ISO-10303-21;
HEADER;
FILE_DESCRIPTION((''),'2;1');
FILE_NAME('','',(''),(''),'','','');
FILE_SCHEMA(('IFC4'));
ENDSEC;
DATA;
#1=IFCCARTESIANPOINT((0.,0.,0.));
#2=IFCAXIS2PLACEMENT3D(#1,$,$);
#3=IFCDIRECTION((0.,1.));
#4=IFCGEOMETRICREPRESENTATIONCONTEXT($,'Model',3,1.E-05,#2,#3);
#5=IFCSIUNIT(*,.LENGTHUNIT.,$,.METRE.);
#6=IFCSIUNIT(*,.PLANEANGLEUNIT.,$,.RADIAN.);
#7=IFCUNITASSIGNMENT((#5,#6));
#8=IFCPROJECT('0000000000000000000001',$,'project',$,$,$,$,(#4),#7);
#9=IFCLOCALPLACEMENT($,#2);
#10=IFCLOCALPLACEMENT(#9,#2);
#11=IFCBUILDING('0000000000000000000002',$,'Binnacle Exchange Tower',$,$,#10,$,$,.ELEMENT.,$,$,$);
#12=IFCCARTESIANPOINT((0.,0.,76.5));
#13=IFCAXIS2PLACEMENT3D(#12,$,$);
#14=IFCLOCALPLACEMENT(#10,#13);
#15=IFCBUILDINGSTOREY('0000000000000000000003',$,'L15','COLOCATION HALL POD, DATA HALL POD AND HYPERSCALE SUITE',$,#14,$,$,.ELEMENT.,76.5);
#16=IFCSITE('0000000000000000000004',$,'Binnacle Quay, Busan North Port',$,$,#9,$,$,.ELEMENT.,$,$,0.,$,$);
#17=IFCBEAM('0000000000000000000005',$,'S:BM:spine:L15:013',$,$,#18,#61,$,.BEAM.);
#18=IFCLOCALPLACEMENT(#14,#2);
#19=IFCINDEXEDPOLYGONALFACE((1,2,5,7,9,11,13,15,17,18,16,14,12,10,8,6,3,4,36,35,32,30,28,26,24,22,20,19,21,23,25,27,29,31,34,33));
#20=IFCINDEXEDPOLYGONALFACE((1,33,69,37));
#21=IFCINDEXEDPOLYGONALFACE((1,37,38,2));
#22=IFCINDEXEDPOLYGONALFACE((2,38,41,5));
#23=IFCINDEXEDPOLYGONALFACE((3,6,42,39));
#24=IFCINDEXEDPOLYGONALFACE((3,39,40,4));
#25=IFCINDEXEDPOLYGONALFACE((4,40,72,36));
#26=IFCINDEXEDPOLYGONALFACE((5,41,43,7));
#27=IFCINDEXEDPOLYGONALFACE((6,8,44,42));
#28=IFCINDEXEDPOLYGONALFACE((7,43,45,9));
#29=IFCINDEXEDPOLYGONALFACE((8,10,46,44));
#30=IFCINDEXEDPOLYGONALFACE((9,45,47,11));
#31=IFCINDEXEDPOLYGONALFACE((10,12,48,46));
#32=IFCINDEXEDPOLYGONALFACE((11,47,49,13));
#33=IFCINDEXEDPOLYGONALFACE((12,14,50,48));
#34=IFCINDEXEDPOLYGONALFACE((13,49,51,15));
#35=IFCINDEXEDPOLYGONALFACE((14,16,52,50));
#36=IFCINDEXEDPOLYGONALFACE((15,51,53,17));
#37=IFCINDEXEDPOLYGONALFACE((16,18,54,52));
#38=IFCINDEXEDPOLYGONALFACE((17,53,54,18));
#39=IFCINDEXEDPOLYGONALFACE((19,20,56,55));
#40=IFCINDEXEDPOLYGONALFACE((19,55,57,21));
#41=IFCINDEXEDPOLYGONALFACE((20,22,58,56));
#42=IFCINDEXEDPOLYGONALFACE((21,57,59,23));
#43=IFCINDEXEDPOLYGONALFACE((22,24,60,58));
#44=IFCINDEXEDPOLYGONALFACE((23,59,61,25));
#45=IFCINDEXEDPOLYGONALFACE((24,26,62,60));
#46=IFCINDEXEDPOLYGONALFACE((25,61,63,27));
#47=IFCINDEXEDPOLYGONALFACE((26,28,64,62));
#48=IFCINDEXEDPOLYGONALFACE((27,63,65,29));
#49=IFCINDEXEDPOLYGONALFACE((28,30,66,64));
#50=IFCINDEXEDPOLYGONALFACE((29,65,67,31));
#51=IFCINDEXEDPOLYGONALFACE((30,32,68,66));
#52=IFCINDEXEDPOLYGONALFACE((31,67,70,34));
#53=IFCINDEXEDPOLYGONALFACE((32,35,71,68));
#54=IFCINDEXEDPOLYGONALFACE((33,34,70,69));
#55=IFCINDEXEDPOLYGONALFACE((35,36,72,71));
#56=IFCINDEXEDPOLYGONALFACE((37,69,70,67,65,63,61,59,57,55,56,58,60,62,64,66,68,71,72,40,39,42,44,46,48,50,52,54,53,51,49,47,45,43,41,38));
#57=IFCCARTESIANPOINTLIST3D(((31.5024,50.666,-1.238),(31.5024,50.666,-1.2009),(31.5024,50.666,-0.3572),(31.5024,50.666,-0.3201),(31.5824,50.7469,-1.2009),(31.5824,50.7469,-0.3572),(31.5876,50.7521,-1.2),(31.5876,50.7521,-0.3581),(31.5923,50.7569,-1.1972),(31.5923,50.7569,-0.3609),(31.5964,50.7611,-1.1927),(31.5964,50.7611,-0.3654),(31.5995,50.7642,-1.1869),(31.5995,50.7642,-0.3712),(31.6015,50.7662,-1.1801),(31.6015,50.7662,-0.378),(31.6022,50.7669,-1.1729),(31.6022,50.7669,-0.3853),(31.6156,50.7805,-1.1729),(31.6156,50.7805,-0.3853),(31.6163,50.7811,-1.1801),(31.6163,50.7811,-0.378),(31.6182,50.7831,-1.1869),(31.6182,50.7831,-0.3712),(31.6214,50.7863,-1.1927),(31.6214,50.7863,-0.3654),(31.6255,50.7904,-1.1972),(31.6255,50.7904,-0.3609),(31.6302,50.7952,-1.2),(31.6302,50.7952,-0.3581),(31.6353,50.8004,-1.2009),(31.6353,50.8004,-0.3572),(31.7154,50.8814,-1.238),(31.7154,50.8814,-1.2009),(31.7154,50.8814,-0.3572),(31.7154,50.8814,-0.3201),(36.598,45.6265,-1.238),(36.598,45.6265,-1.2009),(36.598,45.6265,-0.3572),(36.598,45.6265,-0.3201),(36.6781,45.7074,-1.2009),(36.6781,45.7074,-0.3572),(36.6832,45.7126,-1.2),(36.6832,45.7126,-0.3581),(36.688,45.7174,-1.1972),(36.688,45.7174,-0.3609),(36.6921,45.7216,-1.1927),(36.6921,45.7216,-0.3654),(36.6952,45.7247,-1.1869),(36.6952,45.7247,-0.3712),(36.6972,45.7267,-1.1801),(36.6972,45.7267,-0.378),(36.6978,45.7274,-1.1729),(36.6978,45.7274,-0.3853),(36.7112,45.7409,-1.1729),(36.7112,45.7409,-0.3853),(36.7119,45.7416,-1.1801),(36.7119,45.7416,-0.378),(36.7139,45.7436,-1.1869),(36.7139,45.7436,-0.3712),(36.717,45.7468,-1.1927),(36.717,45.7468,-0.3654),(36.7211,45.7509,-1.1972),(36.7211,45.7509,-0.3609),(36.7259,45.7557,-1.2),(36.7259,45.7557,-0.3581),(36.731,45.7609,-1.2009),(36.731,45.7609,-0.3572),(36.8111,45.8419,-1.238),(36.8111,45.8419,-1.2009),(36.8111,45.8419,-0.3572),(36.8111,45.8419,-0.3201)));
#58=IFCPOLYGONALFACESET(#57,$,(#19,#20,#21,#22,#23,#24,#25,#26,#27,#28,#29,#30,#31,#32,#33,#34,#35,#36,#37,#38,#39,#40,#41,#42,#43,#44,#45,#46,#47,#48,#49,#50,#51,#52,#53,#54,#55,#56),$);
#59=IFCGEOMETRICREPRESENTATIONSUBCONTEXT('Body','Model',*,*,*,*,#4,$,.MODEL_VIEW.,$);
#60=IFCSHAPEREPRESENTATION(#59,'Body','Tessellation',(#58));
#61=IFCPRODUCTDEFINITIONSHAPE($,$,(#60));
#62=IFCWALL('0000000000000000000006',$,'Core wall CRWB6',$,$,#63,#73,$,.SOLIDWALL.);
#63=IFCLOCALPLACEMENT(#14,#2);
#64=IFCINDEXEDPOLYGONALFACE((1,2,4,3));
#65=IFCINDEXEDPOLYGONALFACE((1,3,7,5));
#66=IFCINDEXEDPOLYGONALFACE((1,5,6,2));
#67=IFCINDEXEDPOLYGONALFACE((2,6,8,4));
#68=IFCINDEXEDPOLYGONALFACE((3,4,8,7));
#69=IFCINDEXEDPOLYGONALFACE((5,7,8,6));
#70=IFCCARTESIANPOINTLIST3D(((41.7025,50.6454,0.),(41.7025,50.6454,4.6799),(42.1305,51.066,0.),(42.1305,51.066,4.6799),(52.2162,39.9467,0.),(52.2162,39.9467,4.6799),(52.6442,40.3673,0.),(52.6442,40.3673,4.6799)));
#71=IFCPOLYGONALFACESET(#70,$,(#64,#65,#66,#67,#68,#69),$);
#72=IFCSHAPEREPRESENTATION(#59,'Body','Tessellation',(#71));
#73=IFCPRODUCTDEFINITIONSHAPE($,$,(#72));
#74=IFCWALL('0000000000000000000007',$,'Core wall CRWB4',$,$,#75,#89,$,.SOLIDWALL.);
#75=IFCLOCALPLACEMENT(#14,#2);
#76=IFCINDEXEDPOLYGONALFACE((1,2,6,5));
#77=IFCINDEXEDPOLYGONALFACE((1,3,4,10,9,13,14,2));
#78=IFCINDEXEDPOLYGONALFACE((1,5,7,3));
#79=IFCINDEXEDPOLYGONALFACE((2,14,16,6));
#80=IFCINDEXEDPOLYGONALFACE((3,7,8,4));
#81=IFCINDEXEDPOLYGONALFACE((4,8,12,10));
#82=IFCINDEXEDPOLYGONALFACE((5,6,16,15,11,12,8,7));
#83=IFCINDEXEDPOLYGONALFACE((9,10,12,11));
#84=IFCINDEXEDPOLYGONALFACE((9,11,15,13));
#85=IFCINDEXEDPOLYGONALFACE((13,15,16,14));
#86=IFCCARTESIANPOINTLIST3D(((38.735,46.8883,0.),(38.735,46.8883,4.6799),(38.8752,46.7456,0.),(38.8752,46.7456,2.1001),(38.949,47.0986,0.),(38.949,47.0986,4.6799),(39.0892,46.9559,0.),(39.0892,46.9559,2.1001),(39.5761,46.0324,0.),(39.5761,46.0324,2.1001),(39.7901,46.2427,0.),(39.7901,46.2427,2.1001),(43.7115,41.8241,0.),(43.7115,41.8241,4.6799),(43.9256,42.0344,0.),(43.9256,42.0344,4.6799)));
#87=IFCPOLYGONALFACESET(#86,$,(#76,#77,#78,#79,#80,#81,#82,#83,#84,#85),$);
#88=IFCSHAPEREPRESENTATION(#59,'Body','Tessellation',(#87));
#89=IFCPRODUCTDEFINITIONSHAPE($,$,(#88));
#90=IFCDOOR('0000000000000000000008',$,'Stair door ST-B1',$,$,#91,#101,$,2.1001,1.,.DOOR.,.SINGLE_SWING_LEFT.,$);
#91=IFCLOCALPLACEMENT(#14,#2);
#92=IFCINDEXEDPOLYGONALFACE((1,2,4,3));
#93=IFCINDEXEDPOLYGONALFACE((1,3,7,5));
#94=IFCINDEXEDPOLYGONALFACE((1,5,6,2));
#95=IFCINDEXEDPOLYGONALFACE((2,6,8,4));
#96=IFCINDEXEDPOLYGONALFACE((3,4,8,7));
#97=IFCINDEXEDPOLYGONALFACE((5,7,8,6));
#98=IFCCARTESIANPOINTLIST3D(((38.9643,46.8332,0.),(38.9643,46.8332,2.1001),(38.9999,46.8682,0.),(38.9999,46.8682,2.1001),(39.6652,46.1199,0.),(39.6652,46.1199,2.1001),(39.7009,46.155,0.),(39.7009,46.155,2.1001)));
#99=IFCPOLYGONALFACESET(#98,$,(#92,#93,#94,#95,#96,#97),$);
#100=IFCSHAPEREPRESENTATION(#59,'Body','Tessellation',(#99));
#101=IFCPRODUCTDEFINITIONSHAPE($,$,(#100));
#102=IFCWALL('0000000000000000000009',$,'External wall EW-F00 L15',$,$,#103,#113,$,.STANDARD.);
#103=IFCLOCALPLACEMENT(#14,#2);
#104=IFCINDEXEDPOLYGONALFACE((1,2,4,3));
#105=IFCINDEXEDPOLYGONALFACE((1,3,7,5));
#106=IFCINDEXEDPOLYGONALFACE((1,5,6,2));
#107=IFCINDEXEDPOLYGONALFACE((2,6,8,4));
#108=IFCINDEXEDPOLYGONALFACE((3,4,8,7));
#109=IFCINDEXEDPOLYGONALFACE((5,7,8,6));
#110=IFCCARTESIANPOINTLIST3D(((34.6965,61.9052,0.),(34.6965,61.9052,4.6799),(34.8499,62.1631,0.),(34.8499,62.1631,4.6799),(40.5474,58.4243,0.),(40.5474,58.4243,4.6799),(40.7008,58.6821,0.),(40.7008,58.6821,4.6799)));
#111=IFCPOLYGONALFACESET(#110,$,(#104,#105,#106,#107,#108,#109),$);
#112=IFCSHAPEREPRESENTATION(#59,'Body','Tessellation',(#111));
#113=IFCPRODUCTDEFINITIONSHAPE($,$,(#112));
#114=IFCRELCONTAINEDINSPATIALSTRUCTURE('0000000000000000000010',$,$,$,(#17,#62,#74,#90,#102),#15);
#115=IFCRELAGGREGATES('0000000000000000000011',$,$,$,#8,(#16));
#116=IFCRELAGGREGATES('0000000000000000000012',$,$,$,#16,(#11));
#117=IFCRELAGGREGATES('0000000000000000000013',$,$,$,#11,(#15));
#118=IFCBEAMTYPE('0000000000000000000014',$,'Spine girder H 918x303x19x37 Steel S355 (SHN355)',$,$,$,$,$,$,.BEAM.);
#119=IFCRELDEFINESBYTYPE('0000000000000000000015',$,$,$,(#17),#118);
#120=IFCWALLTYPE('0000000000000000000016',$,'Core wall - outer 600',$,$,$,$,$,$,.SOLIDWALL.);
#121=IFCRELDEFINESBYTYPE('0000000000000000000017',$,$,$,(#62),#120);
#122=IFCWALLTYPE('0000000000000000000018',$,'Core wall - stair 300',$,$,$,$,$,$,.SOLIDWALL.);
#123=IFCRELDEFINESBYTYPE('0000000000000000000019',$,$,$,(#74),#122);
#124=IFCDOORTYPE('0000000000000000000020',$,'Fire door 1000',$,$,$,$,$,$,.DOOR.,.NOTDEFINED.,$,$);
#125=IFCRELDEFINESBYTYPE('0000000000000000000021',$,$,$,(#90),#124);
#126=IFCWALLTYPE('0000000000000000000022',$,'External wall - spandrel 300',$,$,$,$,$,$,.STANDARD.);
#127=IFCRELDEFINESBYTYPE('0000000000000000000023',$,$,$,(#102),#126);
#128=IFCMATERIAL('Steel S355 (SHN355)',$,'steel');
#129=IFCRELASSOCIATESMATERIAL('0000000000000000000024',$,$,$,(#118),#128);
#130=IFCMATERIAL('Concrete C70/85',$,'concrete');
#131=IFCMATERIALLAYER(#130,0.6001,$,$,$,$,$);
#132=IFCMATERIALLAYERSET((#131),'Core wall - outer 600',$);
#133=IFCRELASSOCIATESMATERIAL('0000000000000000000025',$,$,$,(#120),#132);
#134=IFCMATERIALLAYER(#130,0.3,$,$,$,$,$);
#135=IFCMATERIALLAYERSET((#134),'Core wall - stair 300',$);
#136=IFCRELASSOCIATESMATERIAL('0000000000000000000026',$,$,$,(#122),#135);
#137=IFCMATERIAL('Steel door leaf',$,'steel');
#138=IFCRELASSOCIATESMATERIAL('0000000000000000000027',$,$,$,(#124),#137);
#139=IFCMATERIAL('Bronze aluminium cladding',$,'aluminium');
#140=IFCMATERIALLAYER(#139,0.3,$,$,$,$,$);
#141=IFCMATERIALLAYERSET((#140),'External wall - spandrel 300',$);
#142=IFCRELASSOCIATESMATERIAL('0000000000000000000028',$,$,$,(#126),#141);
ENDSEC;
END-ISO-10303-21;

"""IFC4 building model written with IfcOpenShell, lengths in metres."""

from ifc_helpers import new_model, si_unit, direction, frame, frame_2d, origin, origin_2d, place, context, subcontext, project, spatial, rectangle, i_section, extrude, material, layer, layer_set, material_profile, profile_set, type_object, element, fill, save


model = new_model("IFC4")

# Units and contexts
model_context = context("Model", 3, precision=1e-05, world=origin(), true_north=direction((0.0, 1.0)))
body_context = subcontext(model_context, "Body", "Model", "MODEL_VIEW")
ifc_project = project(units=[si_unit("LENGTHUNIT", "METRE"), si_unit("PLANEANGLEUNIT", "RADIAN")], contexts=[model_context])

# Site, building, storey
site_placement = place(None, origin())
site = spatial("IfcSite", under=ifc_project, at=site_placement, Name="Binnacle Quay, Busan North Port", CompositionType="ELEMENT", RefElevation=0.0)
building_placement = place(site_placement, origin())
building = spatial("IfcBuilding", under=site, at=building_placement, Name="Binnacle Exchange Tower", CompositionType="ELEMENT")
storey_placement = place(building_placement, frame((0.0, 0.0, 76.5)))
storey = spatial("IfcBuildingStorey", under=building, at=storey_placement, Name="L15", Description="COLOCATION HALL POD, DATA HALL POD AND HYPERSCALE SUITE", CompositionType="ELEMENT", Elevation=76.5)

# Shared definitions
ifc_material_1 = material(Name="Concrete C70/85", Category="concrete")

# Beam
ifc_material_2 = material(Name="Steel S355 (SHN355)", Category="steel")
ifc_material_profile_1 = material_profile(ifc_material_2, i_section(OverallWidth=0.303, OverallDepth=0.918, WebThickness=0.019, FlangeThickness=0.0371, FilletRadius=0.0281, at=origin_2d()), Name="H 918x303x19x37")
ifc_profile_set_1 = profile_set([ifc_material_profile_1], Name="Steel S355 (SHN355)")
beam_type_1 = type_object("IfcBeamType", Name="Spine girder H 918x303x19x37 Steel S355 (SHN355)", PredefinedType="BEAM", material=ifc_profile_set_1)
beam_1_placement = place(storey_placement, frame((31.6089, 50.7737, -0.7791), z_axis=(0.711013, -0.703178, 0.0), x_axis=(0.703178, 0.711013, 0.0)))
element("IfcBeam", 1, at=beam_1_placement, inside=storey, type_object=beam_type_1, Name="S:BM:spine:L15:013", PredefinedType="BEAM", context=body_context, shape_type="SweptSolid", body=[
    extrude(i_section(OverallWidth=0.303, OverallDepth=0.918, WebThickness=0.019, FlangeThickness=0.0371, FilletRadius=0.0281, at=origin_2d()), origin(), (0.0, 0.0, 1.0), 7.1667),
])

# Wall
ifc_layer_1 = layer(ifc_material_1, 0.6001)
ifc_layer_set_1 = layer_set([ifc_layer_1], Name="Core wall - outer 600")
wall_type_1 = type_object("IfcWallType", Name="Core wall - outer 600", PredefinedType="SOLIDWALL", material=ifc_layer_set_1)
wall_1_placement = place(storey_placement, frame((41.9165, 50.8557, 0.0), z_axis=(0.0, 0.0, 1.0), x_axis=(0.700911, -0.713248, 0.0)))
element("IfcWall", 2, at=wall_1_placement, inside=storey, type_object=wall_type_1, Name="Core wall CRWB6", PredefinedType="SOLIDWALL", context=body_context, shape_type="SweptSolid", body=[
    extrude(rectangle(XDim=15.0, YDim=0.6001, at=frame_2d((7.5, 0.0))), origin(), (0.0, 0.0, 1.0), 4.6799),
])

# Wall, opening, door
ifc_layer_2 = layer(ifc_material_1, 0.3)
ifc_layer_set_2 = layer_set([ifc_layer_2], Name="Core wall - stair 300")
wall_type_2 = type_object("IfcWallType", Name="Core wall - stair 300", PredefinedType="SOLIDWALL", material=ifc_layer_set_2)
wall_2_placement = place(storey_placement, frame((38.842, 46.9934, 0.0), z_axis=(0.0, 0.0, 1.0), x_axis=(0.700908, -0.713252, 0.0)))
wall_2 = element("IfcWall", 3, at=wall_2_placement, inside=storey, type_object=wall_type_2, Name="Core wall CRWB4", PredefinedType="SOLIDWALL", context=body_context, shape_type="SweptSolid", body=[
    extrude(rectangle(XDim=7.1001, YDim=0.3, at=frame_2d((3.55, 0.0))), origin(), (0.0, 0.0, 1.0), 4.6799),
])
opening_1_placement = place(wall_2_placement, frame((0.2, 0.0, 0.0)))
opening_1 = element("IfcOpeningElement", 4, at=opening_1_placement, cuts=wall_2, PredefinedType="OPENING", context=body_context, shape_type="SweptSolid", body=[
    extrude(rectangle(XDim=1.0, YDim=2.1001, at=frame_2d((0.5, 1.05))), frame((0.0, 0.1599, 0.0), z_axis=(0.0, -1.0, 0.0), x_axis=(1.0, 0.0, 0.0)), (0.0, 0.0, 1.0), 0.3201),
])
ifc_material_3 = material(Name="Steel door leaf", Category="steel")
door_type_1 = type_object("IfcDoorType", Name="Fire door 1000", OperationType="NOTDEFINED", PredefinedType="DOOR", material=ifc_material_3)
door_1_placement = place(opening_1_placement, origin())
door_1 = element("IfcDoor", 5, at=door_1_placement, inside=storey, type_object=door_type_1, Name="Stair door ST-B1", OperationType="SINGLE_SWING_LEFT", OverallHeight=2.1001, OverallWidth=1.0, PredefinedType="DOOR", context=body_context, shape_type="SweptSolid", body=[
    extrude(rectangle(XDim=1.0, YDim=2.1001, at=frame_2d((0.5, 1.05))), frame((0.0, 0.0249, 0.0), z_axis=(0.0, -1.0, 0.0), x_axis=(1.0, 0.0, 0.0)), (0.0, 0.0, 1.0), 0.05),
])
fill(opening_1, door_1)

# Wall
ifc_material_4 = material(Name="Bronze aluminium cladding", Category="aluminium")
ifc_layer_3 = layer(ifc_material_4, 0.3)
ifc_layer_set_3 = layer_set([ifc_layer_3], Name="External wall - spandrel 300")
wall_type_3 = type_object("IfcWallType", Name="External wall - spandrel 300", PredefinedType="STANDARD", material=ifc_layer_set_3)
wall_3_placement = place(storey_placement, frame((34.7732, 62.0342, 0.0), z_axis=(0.0, 0.0, 1.0), x_axis=(0.859401, -0.511302, 0.0)))
element("IfcWall", 6, at=wall_3_placement, inside=storey, type_object=wall_type_3, Name="External wall EW-F00 L15", PredefinedType="STANDARD", context=body_context, shape_type="SweptSolid", body=[
    extrude(rectangle(XDim=6.8081, YDim=0.3, at=frame_2d((3.4041, 0.0))), origin(), (0.0, 0.0, 1.0), 4.6799),
])

save(model, "model.ifc")
